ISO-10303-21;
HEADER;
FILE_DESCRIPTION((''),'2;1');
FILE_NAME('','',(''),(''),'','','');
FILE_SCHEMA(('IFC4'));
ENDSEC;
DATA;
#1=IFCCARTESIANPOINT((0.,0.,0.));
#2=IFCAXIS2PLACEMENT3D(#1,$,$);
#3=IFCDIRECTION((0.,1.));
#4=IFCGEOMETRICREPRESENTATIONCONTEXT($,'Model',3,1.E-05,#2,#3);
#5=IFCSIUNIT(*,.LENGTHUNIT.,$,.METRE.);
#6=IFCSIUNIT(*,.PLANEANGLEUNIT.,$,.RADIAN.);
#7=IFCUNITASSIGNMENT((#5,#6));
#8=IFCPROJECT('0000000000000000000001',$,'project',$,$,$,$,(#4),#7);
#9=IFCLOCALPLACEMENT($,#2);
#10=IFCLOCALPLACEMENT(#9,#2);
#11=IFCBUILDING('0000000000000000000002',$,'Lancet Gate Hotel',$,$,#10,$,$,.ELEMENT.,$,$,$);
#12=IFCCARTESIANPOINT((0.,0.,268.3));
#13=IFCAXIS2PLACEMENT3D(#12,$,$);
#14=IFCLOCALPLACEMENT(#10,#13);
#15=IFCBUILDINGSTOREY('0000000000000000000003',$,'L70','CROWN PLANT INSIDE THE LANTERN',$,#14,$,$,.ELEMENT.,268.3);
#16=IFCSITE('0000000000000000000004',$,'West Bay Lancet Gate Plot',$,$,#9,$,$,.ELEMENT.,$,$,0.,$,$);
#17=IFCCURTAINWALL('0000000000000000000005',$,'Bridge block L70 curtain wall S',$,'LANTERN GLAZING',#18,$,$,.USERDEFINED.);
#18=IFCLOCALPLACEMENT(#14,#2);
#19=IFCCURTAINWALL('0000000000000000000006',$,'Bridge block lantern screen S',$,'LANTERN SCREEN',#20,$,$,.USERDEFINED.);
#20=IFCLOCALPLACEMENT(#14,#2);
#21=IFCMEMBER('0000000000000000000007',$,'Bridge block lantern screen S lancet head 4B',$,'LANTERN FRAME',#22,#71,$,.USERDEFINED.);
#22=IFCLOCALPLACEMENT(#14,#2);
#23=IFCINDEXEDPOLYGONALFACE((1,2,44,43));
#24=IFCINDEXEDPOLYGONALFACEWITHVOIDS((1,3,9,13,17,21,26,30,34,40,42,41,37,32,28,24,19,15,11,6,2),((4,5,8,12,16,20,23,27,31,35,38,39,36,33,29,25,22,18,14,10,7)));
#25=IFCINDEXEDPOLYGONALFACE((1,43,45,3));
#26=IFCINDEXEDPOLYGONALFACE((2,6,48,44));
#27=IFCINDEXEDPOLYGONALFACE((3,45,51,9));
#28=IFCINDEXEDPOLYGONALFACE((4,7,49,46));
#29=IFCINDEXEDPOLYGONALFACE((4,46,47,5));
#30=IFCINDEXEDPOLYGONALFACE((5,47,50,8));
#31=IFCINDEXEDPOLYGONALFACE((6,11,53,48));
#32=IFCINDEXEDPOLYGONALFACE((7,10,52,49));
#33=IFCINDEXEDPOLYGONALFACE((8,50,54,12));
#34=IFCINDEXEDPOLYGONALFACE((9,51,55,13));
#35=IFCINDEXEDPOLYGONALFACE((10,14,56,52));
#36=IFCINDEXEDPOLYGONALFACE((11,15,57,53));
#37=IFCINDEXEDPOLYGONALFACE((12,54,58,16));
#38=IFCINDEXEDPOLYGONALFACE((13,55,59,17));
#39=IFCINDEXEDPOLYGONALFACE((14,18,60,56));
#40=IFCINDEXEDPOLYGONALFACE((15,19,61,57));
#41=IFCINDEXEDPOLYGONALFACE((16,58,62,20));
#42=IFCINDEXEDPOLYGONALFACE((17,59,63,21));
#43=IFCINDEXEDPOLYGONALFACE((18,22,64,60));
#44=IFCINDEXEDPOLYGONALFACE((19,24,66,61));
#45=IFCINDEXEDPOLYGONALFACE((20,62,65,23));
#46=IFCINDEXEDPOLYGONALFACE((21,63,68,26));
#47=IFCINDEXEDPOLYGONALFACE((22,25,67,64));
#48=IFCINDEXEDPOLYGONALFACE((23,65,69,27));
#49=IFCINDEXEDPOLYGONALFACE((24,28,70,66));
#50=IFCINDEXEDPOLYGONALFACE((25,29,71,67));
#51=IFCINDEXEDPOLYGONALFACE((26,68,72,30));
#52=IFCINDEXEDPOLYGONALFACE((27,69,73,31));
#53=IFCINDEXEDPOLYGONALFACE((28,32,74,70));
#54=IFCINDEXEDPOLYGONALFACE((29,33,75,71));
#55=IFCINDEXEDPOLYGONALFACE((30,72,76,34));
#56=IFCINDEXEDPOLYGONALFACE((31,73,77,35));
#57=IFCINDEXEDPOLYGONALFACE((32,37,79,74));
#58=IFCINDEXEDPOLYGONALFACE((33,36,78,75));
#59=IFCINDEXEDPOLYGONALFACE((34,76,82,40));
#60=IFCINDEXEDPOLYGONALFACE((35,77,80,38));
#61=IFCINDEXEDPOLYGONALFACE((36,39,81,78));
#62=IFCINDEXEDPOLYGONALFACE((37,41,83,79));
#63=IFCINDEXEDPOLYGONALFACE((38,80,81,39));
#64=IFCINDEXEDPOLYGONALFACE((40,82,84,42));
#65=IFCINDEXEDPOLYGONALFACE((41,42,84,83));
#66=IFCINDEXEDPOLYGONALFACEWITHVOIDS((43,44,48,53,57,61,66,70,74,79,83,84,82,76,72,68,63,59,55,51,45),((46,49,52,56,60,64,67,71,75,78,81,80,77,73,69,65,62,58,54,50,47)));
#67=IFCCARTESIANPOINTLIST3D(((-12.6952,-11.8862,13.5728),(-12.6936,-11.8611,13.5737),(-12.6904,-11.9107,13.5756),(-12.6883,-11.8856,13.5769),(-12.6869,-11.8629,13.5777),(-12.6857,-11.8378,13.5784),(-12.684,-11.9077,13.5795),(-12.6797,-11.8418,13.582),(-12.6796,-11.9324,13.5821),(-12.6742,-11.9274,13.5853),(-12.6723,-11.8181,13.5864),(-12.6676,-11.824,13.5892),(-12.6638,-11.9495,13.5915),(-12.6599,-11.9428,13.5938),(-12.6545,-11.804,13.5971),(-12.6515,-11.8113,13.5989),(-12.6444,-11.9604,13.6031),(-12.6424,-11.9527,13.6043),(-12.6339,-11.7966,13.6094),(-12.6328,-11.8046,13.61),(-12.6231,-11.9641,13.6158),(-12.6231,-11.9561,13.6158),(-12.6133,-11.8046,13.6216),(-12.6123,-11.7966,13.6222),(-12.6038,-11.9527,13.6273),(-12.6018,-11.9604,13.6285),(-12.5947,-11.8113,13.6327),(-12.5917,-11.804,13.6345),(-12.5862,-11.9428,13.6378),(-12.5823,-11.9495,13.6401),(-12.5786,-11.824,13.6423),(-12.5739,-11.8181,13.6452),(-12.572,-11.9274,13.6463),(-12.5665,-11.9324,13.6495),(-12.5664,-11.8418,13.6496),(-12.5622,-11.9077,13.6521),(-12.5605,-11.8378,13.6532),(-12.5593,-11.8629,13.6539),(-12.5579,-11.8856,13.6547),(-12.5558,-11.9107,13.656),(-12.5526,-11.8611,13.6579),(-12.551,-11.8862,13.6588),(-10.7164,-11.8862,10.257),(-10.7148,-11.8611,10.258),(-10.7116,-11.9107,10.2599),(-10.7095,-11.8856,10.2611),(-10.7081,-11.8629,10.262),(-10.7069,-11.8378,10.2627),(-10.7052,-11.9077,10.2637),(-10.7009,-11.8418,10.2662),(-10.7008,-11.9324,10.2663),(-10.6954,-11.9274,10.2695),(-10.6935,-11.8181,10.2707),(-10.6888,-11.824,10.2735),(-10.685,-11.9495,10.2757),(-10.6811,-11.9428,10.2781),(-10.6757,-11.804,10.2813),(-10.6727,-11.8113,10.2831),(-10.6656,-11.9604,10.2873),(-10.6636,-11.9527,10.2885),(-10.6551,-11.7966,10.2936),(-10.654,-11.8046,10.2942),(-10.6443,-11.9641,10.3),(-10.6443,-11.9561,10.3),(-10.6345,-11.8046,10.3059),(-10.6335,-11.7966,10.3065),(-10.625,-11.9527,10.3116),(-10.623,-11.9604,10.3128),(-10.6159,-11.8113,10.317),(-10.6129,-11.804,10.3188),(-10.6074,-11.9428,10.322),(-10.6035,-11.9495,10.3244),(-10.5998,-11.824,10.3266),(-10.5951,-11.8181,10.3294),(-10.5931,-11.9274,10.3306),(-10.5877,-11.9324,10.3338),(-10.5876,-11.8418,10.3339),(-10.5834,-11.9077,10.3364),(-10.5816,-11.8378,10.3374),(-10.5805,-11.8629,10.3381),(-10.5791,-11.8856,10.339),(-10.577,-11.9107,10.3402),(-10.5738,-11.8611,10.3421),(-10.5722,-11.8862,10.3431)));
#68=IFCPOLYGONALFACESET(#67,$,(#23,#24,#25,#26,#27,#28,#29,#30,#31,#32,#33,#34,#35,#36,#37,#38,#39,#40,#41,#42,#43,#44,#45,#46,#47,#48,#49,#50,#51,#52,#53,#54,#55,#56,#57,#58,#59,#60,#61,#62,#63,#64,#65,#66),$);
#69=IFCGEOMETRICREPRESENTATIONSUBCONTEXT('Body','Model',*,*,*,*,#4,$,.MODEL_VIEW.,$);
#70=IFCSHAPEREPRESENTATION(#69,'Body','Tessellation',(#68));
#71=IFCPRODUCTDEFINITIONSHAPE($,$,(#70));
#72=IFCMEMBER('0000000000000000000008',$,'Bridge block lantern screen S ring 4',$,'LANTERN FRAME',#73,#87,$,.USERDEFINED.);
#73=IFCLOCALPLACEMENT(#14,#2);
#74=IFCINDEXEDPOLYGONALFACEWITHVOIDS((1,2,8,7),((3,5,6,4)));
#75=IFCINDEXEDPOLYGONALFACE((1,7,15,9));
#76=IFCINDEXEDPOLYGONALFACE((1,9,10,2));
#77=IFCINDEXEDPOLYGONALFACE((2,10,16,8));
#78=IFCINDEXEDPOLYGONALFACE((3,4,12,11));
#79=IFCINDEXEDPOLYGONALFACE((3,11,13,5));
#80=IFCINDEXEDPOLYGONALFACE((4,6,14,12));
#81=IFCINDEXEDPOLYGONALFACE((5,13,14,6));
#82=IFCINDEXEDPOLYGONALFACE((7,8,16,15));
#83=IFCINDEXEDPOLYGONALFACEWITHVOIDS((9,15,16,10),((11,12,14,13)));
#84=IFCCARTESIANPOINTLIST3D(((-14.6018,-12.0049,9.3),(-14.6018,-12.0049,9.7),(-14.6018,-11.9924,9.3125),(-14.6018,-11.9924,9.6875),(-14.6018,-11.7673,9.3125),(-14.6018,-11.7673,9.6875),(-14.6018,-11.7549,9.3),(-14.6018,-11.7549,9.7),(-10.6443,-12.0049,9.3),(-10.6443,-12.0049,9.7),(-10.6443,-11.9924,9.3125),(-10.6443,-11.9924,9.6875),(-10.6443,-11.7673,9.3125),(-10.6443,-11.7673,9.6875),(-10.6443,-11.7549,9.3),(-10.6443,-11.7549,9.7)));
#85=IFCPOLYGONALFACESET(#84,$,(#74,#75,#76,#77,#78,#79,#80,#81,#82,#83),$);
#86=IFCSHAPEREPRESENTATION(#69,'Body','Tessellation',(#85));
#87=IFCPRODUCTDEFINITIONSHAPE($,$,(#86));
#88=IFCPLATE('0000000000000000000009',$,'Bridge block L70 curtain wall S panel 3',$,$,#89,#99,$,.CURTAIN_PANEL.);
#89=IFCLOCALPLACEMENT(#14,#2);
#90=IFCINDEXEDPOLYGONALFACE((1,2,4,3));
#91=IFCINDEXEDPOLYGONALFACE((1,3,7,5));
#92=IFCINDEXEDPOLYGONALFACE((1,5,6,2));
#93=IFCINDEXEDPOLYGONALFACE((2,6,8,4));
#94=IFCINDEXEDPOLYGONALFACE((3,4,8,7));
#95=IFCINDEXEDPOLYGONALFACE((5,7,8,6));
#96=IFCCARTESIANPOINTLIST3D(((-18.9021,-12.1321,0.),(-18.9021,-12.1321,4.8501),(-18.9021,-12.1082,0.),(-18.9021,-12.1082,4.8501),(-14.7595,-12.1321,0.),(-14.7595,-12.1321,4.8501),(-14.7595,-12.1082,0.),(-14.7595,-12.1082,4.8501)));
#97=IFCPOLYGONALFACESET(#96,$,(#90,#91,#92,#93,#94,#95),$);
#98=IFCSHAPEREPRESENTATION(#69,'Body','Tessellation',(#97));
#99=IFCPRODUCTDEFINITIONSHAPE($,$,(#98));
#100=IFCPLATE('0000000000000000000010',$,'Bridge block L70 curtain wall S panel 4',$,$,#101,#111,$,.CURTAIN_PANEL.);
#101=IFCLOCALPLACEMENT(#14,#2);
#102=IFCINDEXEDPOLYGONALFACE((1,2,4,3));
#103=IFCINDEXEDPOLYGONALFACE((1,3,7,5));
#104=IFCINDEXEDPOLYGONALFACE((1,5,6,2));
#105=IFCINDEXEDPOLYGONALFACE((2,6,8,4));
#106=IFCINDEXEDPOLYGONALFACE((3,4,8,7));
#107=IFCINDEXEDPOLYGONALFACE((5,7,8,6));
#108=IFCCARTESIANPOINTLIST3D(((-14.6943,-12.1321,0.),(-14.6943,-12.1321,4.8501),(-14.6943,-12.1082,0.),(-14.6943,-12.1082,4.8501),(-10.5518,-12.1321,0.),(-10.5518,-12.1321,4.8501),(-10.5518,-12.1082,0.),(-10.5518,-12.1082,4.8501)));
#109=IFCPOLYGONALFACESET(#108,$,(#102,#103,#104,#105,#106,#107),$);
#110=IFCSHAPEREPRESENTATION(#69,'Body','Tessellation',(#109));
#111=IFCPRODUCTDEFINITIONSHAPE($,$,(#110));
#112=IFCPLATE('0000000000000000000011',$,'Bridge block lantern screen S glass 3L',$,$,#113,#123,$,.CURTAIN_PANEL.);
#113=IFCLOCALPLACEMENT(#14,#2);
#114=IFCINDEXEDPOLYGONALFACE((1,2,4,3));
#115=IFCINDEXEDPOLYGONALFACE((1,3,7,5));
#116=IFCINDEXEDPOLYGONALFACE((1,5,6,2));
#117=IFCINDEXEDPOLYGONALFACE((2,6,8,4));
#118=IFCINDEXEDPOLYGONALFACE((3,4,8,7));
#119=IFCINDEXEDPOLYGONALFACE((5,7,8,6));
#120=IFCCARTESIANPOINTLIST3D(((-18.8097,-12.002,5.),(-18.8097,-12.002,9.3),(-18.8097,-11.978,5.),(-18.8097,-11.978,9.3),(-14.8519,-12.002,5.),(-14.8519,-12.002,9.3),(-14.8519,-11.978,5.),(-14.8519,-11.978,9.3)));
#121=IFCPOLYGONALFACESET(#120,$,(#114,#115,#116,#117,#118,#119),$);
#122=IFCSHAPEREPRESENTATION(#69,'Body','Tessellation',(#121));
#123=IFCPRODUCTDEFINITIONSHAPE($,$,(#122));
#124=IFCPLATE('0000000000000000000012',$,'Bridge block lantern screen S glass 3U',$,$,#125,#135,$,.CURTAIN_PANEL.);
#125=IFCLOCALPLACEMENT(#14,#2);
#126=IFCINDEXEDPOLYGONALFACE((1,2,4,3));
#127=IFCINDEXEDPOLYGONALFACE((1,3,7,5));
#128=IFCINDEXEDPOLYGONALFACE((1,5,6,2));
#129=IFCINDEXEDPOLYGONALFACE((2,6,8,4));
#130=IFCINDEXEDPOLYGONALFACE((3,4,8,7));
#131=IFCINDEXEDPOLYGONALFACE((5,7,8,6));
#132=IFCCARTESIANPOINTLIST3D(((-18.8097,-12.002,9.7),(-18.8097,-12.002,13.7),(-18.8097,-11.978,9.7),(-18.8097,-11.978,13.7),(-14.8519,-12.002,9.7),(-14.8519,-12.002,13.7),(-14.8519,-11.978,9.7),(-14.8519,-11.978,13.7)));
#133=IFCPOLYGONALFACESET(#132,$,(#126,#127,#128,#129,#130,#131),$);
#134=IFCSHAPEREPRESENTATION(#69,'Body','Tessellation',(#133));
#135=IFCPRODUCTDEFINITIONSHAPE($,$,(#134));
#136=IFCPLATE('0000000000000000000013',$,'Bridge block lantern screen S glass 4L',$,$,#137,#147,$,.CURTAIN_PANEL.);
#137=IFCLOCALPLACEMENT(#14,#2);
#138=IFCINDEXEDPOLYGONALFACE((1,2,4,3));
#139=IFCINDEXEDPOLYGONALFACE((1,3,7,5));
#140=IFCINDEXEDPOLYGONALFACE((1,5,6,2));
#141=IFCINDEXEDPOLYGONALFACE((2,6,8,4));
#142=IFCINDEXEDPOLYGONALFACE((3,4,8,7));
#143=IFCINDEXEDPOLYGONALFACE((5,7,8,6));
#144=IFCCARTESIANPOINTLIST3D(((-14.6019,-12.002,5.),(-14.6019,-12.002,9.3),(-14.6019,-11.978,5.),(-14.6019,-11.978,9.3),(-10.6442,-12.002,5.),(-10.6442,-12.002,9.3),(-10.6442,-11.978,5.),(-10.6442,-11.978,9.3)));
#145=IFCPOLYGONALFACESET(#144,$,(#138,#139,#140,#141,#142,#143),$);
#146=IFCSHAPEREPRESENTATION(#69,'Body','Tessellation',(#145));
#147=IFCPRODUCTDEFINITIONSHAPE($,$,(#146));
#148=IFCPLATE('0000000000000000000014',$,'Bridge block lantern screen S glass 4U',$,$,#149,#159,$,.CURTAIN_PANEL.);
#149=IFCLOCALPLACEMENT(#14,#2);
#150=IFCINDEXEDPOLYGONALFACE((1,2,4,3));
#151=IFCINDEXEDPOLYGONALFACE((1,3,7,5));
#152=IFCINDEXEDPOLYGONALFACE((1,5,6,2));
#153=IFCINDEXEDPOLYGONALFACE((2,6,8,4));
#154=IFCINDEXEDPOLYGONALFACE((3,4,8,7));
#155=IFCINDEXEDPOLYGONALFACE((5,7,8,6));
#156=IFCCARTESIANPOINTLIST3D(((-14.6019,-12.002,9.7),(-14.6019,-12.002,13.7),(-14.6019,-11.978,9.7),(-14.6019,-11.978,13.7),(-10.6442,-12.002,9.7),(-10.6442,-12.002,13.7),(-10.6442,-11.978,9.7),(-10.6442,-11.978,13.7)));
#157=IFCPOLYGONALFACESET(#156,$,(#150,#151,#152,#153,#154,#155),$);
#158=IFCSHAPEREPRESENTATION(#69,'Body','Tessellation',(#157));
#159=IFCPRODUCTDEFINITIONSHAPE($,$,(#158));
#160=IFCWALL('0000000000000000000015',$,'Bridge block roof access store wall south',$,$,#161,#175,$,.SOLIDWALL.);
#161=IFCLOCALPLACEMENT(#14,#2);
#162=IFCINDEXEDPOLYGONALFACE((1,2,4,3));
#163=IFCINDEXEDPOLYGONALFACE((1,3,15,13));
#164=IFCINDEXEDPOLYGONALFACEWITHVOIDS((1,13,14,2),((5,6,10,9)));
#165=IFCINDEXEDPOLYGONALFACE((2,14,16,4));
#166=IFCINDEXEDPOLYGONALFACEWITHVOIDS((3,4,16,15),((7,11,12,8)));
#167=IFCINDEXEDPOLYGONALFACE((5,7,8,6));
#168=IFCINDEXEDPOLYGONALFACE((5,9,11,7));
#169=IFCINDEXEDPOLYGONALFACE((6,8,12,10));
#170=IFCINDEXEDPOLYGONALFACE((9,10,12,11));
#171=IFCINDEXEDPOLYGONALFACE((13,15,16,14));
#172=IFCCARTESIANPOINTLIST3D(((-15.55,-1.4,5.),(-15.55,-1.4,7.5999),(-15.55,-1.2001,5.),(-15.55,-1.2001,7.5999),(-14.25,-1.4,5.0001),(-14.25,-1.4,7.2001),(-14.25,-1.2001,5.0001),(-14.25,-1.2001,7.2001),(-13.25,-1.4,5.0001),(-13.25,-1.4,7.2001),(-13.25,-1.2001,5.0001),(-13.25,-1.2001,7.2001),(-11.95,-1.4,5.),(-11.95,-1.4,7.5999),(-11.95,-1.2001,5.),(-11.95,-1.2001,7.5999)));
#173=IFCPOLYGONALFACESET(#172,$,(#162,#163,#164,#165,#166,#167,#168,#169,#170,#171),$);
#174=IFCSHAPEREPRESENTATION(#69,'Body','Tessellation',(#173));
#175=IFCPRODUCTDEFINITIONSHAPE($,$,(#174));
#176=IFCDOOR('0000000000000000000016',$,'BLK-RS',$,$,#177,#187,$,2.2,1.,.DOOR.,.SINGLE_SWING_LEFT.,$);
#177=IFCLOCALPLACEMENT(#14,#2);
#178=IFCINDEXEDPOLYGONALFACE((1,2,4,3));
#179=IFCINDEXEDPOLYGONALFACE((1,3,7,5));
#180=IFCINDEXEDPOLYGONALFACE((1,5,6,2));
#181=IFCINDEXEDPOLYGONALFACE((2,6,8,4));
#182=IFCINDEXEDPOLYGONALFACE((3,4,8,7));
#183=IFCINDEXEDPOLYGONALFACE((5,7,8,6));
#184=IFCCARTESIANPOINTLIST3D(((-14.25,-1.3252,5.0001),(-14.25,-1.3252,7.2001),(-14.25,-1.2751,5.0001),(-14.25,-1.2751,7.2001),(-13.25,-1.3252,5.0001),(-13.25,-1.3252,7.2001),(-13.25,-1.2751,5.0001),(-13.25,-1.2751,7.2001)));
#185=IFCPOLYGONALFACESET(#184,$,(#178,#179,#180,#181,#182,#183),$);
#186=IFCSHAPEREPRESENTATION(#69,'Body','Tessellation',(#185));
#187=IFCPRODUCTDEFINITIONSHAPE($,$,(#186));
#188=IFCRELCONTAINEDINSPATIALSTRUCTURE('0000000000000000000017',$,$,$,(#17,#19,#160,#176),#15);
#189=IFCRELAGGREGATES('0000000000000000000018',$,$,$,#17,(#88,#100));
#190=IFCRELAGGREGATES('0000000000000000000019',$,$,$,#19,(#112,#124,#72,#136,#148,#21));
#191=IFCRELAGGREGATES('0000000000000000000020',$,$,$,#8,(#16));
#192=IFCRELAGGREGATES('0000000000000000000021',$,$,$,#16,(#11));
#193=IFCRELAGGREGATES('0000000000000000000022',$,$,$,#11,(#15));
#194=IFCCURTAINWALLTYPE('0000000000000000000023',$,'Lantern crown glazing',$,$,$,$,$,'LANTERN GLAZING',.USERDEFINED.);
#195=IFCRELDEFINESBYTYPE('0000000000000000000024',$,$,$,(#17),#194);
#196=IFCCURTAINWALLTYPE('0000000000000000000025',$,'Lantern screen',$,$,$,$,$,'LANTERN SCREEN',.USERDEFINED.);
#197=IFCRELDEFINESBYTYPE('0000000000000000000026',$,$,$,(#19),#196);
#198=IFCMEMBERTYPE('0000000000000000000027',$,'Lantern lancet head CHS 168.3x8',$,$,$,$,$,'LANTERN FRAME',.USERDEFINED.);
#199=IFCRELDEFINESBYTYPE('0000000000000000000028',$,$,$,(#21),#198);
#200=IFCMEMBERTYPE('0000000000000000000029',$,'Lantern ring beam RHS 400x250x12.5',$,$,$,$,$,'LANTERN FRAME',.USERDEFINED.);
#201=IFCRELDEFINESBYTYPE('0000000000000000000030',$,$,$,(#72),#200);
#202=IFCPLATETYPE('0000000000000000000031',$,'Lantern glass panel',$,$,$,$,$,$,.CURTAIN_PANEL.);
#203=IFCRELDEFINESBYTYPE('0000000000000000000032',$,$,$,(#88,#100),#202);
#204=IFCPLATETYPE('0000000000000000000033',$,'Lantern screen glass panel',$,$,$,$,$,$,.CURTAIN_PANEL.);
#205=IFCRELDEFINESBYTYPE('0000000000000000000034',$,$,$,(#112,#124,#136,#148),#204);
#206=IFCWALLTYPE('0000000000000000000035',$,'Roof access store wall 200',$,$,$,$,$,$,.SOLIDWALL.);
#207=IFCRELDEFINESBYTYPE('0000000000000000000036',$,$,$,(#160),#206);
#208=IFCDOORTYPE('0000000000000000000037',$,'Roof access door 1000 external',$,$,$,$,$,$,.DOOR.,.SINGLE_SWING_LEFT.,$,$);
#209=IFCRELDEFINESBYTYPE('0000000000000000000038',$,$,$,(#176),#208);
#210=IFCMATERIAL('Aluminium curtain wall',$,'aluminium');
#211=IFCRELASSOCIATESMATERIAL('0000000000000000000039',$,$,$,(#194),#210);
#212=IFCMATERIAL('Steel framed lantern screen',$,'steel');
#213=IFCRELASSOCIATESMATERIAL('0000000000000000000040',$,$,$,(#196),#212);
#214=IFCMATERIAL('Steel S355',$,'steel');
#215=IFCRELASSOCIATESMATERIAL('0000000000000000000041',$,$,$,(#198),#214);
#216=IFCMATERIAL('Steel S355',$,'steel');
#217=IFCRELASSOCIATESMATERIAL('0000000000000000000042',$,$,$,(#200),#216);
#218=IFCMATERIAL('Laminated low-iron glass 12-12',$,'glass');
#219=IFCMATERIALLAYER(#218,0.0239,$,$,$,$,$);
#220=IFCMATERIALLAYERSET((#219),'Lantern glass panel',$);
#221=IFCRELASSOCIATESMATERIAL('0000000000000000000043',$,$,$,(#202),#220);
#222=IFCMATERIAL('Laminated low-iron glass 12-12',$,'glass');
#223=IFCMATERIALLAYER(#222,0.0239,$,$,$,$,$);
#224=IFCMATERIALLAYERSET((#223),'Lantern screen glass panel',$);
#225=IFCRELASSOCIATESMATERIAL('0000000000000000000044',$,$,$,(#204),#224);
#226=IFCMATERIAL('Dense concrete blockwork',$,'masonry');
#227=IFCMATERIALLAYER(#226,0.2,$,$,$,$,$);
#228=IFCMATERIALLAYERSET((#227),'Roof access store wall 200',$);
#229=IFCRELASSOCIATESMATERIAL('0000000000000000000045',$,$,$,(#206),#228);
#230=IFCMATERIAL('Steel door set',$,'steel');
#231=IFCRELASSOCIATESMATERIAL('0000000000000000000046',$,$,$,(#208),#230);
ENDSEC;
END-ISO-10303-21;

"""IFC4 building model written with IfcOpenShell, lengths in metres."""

from ifc_helpers import new_model, si_unit, direction, frame, frame_2d, origin, origin_2d, place, context, subcontext, project, spatial, rectangle, hollow_rectangle, hollow_circle, extrude, material, layer, layer_set, material_profile, profile_set, type_object, element, fill, aggregate, save


model = new_model("IFC4")

# Units and contexts
model_context = context("Model", 3, precision=1e-05, world=origin(), true_north=direction((0.0, 1.0)))
body_context = subcontext(model_context, "Body", "Model", "MODEL_VIEW")
ifc_project = project(units=[si_unit("LENGTHUNIT", "METRE"), si_unit("PLANEANGLEUNIT", "RADIAN")], contexts=[model_context])

# Site, building, storey
site_placement = place(None, origin())
site = spatial("IfcSite", under=ifc_project, at=site_placement, Name="West Bay Lancet Gate Plot", CompositionType="ELEMENT", RefElevation=0.0)
building_placement = place(site_placement, origin())
building = spatial("IfcBuilding", under=site, at=building_placement, Name="Lancet Gate Hotel", CompositionType="ELEMENT")
storey_placement = place(building_placement, frame((0.0, 0.0, 268.3)))
storey = spatial("IfcBuildingStorey", under=building, at=storey_placement, Name="L70", Description="CROWN PLANT INSIDE THE LANTERN", CompositionType="ELEMENT", Elevation=268.3)

# Curtain wall
ifc_material_1 = material(Name="Aluminium curtain wall", Category="aluminium")
curtain_wall_type_1 = type_object("IfcCurtainWallType", Name="Lantern crown glazing", ElementType="LANTERN GLAZING", PredefinedType="USERDEFINED", material=ifc_material_1)
curtain_wall_1_placement = place(storey_placement, origin())
curtain_wall_1 = element("IfcCurtainWall", 1, at=curtain_wall_1_placement, inside=storey, type_object=curtain_wall_type_1, Name="Bridge block L70 curtain wall S", ObjectType="LANTERN GLAZING", PredefinedType="USERDEFINED")

# Curtain wall, members
ifc_material_2 = material(Name="Steel framed lantern screen", Category="steel")
curtain_wall_type_2 = type_object("IfcCurtainWallType", Name="Lantern screen", ElementType="LANTERN SCREEN", PredefinedType="USERDEFINED", material=ifc_material_2)
curtain_wall_2_placement = place(storey_placement, origin())
curtain_wall_2 = element("IfcCurtainWall", 2, at=curtain_wall_2_placement, inside=storey, type_object=curtain_wall_type_2, Name="Bridge block lantern screen S", ObjectType="LANTERN SCREEN", PredefinedType="USERDEFINED")
ifc_material_3 = material(Name="Steel S355", Category="steel")
ifc_material_profile_1 = material_profile(ifc_material_3, hollow_circle(Radius=0.0842, WallThickness=0.0081, at=origin_2d()), Name="CHS 168.3x8.0")
ifc_profile_set_1 = profile_set([ifc_material_profile_1], Name="Steel S355")
member_type_1 = type_object("IfcMemberType", Name="Lantern lancet head CHS 168.3x8", ElementType="LANTERN FRAME", PredefinedType="USERDEFINED", material=ifc_profile_set_1)
member_1_placement = place(storey_placement, frame((-10.6443, -11.8799, 10.3), z_axis=(-0.512467, 0.0, 0.858707), x_axis=(0.0, -1.0, 0.0)))
member_1 = element("IfcMember", 3, at=member_1_placement, type_object=member_type_1, Name="Bridge block lantern screen S lancet head 4B", ObjectType="LANTERN FRAME", PredefinedType="USERDEFINED", context=body_context, shape_type="SweptSolid", body=[
    extrude(hollow_circle(Radius=0.0842, WallThickness=0.0081, at=origin_2d()), origin(), (0.0, 0.0, 1.0), 3.8613),
])
ifc_material_4 = material(Name="Steel S355", Category="steel")
ifc_material_profile_2 = material_profile(ifc_material_4, hollow_rectangle(XDim=0.25, YDim=0.3999, WallThickness=0.0125, at=origin_2d()), Name="RHS 400x250x12.5")
ifc_profile_set_2 = profile_set([ifc_material_profile_2], Name="Steel S355")
member_type_2 = type_object("IfcMemberType", Name="Lantern ring beam RHS 400x250x12.5", ElementType="LANTERN FRAME", PredefinedType="USERDEFINED", material=ifc_profile_set_2)
member_2_placement = place(storey_placement, frame((-14.6018, -11.8799, 9.5), z_axis=(1.0, 0.0, 0.0), x_axis=(0.0, 1.0, 0.0)))
member_2 = element("IfcMember", 4, at=member_2_placement, type_object=member_type_2, Name="Bridge block lantern screen S ring 4", ObjectType="LANTERN FRAME", PredefinedType="USERDEFINED", context=body_context, shape_type="SweptSolid", body=[
    extrude(hollow_rectangle(XDim=0.25, YDim=0.3999, WallThickness=0.0125, at=origin_2d()), origin(), (0.0, 0.0, 1.0), 3.9575),
])

# Plates
ifc_material_5 = material(Name="Laminated low-iron glass 12-12", Category="glass")
ifc_layer_1 = layer(ifc_material_5, 0.0239)
ifc_layer_set_1 = layer_set([ifc_layer_1], Name="Lantern glass panel")
plate_type_1 = type_object("IfcPlateType", Name="Lantern glass panel", PredefinedType="CURTAIN_PANEL", material=ifc_layer_set_1)
plate_1_placement = place(storey_placement, frame((-16.8308, -12.1201, 0.0), z_axis=(0.0, 0.0, 1.0), x_axis=(1.0, 0.0, 0.0)))
plate_1 = element("IfcPlate", 5, at=plate_1_placement, type_object=plate_type_1, Name="Bridge block L70 curtain wall S panel 3", PredefinedType="CURTAIN_PANEL", context=body_context, shape_type="SweptSolid", body=[
    extrude(rectangle(XDim=4.1426, YDim=0.0239, at=origin_2d()), origin(), (0.0, 0.0, 1.0), 4.8501),
])
plate_2_placement = place(storey_placement, frame((-12.623, -12.1201, 0.0), z_axis=(0.0, 0.0, 1.0), x_axis=(1.0, 0.0, 0.0)))
plate_2 = element("IfcPlate", 6, at=plate_2_placement, type_object=plate_type_1, Name="Bridge block L70 curtain wall S panel 4", PredefinedType="CURTAIN_PANEL", context=body_context, shape_type="SweptSolid", body=[
    extrude(rectangle(XDim=4.1426, YDim=0.0239, at=origin_2d()), origin(), (0.0, 0.0, 1.0), 4.8501),
])
aggregate(curtain_wall_1, [plate_1, plate_2])
ifc_material_6 = material(Name="Laminated low-iron glass 12-12", Category="glass")
ifc_layer_2 = layer(ifc_material_6, 0.0239)
ifc_layer_set_2 = layer_set([ifc_layer_2], Name="Lantern screen glass panel")
plate_type_2 = type_object("IfcPlateType", Name="Lantern screen glass panel", PredefinedType="CURTAIN_PANEL", material=ifc_layer_set_2)
plate_3_placement = place(storey_placement, frame((-16.8308, -11.99, 5.0), z_axis=(0.0, 0.0, 1.0), x_axis=(1.0, 0.0, 0.0)))
plate_3 = element("IfcPlate", 7, at=plate_3_placement, type_object=plate_type_2, Name="Bridge block lantern screen S glass 3L", PredefinedType="CURTAIN_PANEL", context=body_context, shape_type="SweptSolid", body=[
    extrude(rectangle(XDim=3.9578, YDim=0.0239, at=origin_2d()), origin(), (0.0, 0.0, 1.0), 4.3),
])
plate_4_placement = place(storey_placement, frame((-16.8308, -11.99, 9.7), z_axis=(0.0, 0.0, 1.0), x_axis=(1.0, 0.0, 0.0)))
plate_4 = element("IfcPlate", 8, at=plate_4_placement, type_object=plate_type_2, Name="Bridge block lantern screen S glass 3U", PredefinedType="CURTAIN_PANEL", context=body_context, shape_type="SweptSolid", body=[
    extrude(rectangle(XDim=3.9578, YDim=0.0239, at=origin_2d()), origin(), (0.0, 0.0, 1.0), 4.0),
])
plate_5_placement = place(storey_placement, frame((-12.623, -11.99, 5.0), z_axis=(0.0, 0.0, 1.0), x_axis=(1.0, 0.0, 0.0)))
plate_5 = element("IfcPlate", 9, at=plate_5_placement, type_object=plate_type_2, Name="Bridge block lantern screen S glass 4L", PredefinedType="CURTAIN_PANEL", context=body_context, shape_type="SweptSolid", body=[
    extrude(rectangle(XDim=3.9578, YDim=0.0239, at=origin_2d()), origin(), (0.0, 0.0, 1.0), 4.3),
])
plate_6_placement = place(storey_placement, frame((-12.623, -11.99, 9.7), z_axis=(0.0, 0.0, 1.0), x_axis=(1.0, 0.0, 0.0)))
plate_6 = element("IfcPlate", 10, at=plate_6_placement, type_object=plate_type_2, Name="Bridge block lantern screen S glass 4U", PredefinedType="CURTAIN_PANEL", context=body_context, shape_type="SweptSolid", body=[
    extrude(rectangle(XDim=3.9578, YDim=0.0239, at=origin_2d()), origin(), (0.0, 0.0, 1.0), 4.0),
])
aggregate(curtain_wall_2, [plate_3, plate_4, member_2, plate_5, plate_6, member_1])

# Wall, opening, door
ifc_material_7 = material(Name="Dense concrete blockwork", Category="masonry")
ifc_layer_3 = layer(ifc_material_7, 0.2)
ifc_layer_set_3 = layer_set([ifc_layer_3], Name="Roof access store wall 200")
wall_type_1 = type_object("IfcWallType", Name="Roof access store wall 200", PredefinedType="SOLIDWALL", material=ifc_layer_set_3)
wall_1_placement = place(storey_placement, frame((-15.55, -1.3, 5.0), z_axis=(0.0, 0.0, 1.0), x_axis=(1.0, 0.0, 0.0)))
wall_1 = element("IfcWall", 11, at=wall_1_placement, inside=storey, type_object=wall_type_1, Name="Bridge block roof access store wall south", PredefinedType="SOLIDWALL", context=body_context, shape_type="SweptSolid", body=[
    extrude(rectangle(XDim=3.6001, YDim=0.2, at=frame_2d((1.8, 0.0))), origin(), (0.0, 0.0, 1.0), 2.5999),
])
opening_placement = place(wall_1_placement, frame((1.3, 0.0, 0.0)))
opening = element("IfcOpeningElement", 12, at=opening_placement, cuts=wall_1, PredefinedType="OPENING", context=body_context, shape_type="SweptSolid", body=[
    extrude(rectangle(XDim=1.0, YDim=2.2, at=frame_2d((0.5, 1.1001))), frame((0.0, 0.1099, 0.0), z_axis=(0.0, -1.0, 0.0), x_axis=(1.0, 0.0, 0.0)), (0.0, 0.0, 1.0), 0.22),
])
ifc_material_8 = material(Name="Steel door set", Category="steel")
door_type = type_object("IfcDoorType", Name="Roof access door 1000 external", OperationType="SINGLE_SWING_LEFT", PredefinedType="DOOR", material=ifc_material_8)
door_placement = place(opening_placement, origin())
door = element("IfcDoor", 13, at=door_placement, inside=storey, type_object=door_type, Name="BLK-RS", OperationType="SINGLE_SWING_LEFT", OverallHeight=2.2, OverallWidth=1.0, PredefinedType="DOOR", context=body_context, shape_type="SweptSolid", body=[
    extrude(rectangle(XDim=1.0, YDim=2.2, at=frame_2d((0.5, 1.1001))), frame((0.0, 0.0249, 0.0), z_axis=(0.0, -1.0, 0.0), x_axis=(1.0, 0.0, 0.0)), (0.0, 0.0, 1.0), 0.05),
])
fill(opening, door)

save(model, "model.ifc")
